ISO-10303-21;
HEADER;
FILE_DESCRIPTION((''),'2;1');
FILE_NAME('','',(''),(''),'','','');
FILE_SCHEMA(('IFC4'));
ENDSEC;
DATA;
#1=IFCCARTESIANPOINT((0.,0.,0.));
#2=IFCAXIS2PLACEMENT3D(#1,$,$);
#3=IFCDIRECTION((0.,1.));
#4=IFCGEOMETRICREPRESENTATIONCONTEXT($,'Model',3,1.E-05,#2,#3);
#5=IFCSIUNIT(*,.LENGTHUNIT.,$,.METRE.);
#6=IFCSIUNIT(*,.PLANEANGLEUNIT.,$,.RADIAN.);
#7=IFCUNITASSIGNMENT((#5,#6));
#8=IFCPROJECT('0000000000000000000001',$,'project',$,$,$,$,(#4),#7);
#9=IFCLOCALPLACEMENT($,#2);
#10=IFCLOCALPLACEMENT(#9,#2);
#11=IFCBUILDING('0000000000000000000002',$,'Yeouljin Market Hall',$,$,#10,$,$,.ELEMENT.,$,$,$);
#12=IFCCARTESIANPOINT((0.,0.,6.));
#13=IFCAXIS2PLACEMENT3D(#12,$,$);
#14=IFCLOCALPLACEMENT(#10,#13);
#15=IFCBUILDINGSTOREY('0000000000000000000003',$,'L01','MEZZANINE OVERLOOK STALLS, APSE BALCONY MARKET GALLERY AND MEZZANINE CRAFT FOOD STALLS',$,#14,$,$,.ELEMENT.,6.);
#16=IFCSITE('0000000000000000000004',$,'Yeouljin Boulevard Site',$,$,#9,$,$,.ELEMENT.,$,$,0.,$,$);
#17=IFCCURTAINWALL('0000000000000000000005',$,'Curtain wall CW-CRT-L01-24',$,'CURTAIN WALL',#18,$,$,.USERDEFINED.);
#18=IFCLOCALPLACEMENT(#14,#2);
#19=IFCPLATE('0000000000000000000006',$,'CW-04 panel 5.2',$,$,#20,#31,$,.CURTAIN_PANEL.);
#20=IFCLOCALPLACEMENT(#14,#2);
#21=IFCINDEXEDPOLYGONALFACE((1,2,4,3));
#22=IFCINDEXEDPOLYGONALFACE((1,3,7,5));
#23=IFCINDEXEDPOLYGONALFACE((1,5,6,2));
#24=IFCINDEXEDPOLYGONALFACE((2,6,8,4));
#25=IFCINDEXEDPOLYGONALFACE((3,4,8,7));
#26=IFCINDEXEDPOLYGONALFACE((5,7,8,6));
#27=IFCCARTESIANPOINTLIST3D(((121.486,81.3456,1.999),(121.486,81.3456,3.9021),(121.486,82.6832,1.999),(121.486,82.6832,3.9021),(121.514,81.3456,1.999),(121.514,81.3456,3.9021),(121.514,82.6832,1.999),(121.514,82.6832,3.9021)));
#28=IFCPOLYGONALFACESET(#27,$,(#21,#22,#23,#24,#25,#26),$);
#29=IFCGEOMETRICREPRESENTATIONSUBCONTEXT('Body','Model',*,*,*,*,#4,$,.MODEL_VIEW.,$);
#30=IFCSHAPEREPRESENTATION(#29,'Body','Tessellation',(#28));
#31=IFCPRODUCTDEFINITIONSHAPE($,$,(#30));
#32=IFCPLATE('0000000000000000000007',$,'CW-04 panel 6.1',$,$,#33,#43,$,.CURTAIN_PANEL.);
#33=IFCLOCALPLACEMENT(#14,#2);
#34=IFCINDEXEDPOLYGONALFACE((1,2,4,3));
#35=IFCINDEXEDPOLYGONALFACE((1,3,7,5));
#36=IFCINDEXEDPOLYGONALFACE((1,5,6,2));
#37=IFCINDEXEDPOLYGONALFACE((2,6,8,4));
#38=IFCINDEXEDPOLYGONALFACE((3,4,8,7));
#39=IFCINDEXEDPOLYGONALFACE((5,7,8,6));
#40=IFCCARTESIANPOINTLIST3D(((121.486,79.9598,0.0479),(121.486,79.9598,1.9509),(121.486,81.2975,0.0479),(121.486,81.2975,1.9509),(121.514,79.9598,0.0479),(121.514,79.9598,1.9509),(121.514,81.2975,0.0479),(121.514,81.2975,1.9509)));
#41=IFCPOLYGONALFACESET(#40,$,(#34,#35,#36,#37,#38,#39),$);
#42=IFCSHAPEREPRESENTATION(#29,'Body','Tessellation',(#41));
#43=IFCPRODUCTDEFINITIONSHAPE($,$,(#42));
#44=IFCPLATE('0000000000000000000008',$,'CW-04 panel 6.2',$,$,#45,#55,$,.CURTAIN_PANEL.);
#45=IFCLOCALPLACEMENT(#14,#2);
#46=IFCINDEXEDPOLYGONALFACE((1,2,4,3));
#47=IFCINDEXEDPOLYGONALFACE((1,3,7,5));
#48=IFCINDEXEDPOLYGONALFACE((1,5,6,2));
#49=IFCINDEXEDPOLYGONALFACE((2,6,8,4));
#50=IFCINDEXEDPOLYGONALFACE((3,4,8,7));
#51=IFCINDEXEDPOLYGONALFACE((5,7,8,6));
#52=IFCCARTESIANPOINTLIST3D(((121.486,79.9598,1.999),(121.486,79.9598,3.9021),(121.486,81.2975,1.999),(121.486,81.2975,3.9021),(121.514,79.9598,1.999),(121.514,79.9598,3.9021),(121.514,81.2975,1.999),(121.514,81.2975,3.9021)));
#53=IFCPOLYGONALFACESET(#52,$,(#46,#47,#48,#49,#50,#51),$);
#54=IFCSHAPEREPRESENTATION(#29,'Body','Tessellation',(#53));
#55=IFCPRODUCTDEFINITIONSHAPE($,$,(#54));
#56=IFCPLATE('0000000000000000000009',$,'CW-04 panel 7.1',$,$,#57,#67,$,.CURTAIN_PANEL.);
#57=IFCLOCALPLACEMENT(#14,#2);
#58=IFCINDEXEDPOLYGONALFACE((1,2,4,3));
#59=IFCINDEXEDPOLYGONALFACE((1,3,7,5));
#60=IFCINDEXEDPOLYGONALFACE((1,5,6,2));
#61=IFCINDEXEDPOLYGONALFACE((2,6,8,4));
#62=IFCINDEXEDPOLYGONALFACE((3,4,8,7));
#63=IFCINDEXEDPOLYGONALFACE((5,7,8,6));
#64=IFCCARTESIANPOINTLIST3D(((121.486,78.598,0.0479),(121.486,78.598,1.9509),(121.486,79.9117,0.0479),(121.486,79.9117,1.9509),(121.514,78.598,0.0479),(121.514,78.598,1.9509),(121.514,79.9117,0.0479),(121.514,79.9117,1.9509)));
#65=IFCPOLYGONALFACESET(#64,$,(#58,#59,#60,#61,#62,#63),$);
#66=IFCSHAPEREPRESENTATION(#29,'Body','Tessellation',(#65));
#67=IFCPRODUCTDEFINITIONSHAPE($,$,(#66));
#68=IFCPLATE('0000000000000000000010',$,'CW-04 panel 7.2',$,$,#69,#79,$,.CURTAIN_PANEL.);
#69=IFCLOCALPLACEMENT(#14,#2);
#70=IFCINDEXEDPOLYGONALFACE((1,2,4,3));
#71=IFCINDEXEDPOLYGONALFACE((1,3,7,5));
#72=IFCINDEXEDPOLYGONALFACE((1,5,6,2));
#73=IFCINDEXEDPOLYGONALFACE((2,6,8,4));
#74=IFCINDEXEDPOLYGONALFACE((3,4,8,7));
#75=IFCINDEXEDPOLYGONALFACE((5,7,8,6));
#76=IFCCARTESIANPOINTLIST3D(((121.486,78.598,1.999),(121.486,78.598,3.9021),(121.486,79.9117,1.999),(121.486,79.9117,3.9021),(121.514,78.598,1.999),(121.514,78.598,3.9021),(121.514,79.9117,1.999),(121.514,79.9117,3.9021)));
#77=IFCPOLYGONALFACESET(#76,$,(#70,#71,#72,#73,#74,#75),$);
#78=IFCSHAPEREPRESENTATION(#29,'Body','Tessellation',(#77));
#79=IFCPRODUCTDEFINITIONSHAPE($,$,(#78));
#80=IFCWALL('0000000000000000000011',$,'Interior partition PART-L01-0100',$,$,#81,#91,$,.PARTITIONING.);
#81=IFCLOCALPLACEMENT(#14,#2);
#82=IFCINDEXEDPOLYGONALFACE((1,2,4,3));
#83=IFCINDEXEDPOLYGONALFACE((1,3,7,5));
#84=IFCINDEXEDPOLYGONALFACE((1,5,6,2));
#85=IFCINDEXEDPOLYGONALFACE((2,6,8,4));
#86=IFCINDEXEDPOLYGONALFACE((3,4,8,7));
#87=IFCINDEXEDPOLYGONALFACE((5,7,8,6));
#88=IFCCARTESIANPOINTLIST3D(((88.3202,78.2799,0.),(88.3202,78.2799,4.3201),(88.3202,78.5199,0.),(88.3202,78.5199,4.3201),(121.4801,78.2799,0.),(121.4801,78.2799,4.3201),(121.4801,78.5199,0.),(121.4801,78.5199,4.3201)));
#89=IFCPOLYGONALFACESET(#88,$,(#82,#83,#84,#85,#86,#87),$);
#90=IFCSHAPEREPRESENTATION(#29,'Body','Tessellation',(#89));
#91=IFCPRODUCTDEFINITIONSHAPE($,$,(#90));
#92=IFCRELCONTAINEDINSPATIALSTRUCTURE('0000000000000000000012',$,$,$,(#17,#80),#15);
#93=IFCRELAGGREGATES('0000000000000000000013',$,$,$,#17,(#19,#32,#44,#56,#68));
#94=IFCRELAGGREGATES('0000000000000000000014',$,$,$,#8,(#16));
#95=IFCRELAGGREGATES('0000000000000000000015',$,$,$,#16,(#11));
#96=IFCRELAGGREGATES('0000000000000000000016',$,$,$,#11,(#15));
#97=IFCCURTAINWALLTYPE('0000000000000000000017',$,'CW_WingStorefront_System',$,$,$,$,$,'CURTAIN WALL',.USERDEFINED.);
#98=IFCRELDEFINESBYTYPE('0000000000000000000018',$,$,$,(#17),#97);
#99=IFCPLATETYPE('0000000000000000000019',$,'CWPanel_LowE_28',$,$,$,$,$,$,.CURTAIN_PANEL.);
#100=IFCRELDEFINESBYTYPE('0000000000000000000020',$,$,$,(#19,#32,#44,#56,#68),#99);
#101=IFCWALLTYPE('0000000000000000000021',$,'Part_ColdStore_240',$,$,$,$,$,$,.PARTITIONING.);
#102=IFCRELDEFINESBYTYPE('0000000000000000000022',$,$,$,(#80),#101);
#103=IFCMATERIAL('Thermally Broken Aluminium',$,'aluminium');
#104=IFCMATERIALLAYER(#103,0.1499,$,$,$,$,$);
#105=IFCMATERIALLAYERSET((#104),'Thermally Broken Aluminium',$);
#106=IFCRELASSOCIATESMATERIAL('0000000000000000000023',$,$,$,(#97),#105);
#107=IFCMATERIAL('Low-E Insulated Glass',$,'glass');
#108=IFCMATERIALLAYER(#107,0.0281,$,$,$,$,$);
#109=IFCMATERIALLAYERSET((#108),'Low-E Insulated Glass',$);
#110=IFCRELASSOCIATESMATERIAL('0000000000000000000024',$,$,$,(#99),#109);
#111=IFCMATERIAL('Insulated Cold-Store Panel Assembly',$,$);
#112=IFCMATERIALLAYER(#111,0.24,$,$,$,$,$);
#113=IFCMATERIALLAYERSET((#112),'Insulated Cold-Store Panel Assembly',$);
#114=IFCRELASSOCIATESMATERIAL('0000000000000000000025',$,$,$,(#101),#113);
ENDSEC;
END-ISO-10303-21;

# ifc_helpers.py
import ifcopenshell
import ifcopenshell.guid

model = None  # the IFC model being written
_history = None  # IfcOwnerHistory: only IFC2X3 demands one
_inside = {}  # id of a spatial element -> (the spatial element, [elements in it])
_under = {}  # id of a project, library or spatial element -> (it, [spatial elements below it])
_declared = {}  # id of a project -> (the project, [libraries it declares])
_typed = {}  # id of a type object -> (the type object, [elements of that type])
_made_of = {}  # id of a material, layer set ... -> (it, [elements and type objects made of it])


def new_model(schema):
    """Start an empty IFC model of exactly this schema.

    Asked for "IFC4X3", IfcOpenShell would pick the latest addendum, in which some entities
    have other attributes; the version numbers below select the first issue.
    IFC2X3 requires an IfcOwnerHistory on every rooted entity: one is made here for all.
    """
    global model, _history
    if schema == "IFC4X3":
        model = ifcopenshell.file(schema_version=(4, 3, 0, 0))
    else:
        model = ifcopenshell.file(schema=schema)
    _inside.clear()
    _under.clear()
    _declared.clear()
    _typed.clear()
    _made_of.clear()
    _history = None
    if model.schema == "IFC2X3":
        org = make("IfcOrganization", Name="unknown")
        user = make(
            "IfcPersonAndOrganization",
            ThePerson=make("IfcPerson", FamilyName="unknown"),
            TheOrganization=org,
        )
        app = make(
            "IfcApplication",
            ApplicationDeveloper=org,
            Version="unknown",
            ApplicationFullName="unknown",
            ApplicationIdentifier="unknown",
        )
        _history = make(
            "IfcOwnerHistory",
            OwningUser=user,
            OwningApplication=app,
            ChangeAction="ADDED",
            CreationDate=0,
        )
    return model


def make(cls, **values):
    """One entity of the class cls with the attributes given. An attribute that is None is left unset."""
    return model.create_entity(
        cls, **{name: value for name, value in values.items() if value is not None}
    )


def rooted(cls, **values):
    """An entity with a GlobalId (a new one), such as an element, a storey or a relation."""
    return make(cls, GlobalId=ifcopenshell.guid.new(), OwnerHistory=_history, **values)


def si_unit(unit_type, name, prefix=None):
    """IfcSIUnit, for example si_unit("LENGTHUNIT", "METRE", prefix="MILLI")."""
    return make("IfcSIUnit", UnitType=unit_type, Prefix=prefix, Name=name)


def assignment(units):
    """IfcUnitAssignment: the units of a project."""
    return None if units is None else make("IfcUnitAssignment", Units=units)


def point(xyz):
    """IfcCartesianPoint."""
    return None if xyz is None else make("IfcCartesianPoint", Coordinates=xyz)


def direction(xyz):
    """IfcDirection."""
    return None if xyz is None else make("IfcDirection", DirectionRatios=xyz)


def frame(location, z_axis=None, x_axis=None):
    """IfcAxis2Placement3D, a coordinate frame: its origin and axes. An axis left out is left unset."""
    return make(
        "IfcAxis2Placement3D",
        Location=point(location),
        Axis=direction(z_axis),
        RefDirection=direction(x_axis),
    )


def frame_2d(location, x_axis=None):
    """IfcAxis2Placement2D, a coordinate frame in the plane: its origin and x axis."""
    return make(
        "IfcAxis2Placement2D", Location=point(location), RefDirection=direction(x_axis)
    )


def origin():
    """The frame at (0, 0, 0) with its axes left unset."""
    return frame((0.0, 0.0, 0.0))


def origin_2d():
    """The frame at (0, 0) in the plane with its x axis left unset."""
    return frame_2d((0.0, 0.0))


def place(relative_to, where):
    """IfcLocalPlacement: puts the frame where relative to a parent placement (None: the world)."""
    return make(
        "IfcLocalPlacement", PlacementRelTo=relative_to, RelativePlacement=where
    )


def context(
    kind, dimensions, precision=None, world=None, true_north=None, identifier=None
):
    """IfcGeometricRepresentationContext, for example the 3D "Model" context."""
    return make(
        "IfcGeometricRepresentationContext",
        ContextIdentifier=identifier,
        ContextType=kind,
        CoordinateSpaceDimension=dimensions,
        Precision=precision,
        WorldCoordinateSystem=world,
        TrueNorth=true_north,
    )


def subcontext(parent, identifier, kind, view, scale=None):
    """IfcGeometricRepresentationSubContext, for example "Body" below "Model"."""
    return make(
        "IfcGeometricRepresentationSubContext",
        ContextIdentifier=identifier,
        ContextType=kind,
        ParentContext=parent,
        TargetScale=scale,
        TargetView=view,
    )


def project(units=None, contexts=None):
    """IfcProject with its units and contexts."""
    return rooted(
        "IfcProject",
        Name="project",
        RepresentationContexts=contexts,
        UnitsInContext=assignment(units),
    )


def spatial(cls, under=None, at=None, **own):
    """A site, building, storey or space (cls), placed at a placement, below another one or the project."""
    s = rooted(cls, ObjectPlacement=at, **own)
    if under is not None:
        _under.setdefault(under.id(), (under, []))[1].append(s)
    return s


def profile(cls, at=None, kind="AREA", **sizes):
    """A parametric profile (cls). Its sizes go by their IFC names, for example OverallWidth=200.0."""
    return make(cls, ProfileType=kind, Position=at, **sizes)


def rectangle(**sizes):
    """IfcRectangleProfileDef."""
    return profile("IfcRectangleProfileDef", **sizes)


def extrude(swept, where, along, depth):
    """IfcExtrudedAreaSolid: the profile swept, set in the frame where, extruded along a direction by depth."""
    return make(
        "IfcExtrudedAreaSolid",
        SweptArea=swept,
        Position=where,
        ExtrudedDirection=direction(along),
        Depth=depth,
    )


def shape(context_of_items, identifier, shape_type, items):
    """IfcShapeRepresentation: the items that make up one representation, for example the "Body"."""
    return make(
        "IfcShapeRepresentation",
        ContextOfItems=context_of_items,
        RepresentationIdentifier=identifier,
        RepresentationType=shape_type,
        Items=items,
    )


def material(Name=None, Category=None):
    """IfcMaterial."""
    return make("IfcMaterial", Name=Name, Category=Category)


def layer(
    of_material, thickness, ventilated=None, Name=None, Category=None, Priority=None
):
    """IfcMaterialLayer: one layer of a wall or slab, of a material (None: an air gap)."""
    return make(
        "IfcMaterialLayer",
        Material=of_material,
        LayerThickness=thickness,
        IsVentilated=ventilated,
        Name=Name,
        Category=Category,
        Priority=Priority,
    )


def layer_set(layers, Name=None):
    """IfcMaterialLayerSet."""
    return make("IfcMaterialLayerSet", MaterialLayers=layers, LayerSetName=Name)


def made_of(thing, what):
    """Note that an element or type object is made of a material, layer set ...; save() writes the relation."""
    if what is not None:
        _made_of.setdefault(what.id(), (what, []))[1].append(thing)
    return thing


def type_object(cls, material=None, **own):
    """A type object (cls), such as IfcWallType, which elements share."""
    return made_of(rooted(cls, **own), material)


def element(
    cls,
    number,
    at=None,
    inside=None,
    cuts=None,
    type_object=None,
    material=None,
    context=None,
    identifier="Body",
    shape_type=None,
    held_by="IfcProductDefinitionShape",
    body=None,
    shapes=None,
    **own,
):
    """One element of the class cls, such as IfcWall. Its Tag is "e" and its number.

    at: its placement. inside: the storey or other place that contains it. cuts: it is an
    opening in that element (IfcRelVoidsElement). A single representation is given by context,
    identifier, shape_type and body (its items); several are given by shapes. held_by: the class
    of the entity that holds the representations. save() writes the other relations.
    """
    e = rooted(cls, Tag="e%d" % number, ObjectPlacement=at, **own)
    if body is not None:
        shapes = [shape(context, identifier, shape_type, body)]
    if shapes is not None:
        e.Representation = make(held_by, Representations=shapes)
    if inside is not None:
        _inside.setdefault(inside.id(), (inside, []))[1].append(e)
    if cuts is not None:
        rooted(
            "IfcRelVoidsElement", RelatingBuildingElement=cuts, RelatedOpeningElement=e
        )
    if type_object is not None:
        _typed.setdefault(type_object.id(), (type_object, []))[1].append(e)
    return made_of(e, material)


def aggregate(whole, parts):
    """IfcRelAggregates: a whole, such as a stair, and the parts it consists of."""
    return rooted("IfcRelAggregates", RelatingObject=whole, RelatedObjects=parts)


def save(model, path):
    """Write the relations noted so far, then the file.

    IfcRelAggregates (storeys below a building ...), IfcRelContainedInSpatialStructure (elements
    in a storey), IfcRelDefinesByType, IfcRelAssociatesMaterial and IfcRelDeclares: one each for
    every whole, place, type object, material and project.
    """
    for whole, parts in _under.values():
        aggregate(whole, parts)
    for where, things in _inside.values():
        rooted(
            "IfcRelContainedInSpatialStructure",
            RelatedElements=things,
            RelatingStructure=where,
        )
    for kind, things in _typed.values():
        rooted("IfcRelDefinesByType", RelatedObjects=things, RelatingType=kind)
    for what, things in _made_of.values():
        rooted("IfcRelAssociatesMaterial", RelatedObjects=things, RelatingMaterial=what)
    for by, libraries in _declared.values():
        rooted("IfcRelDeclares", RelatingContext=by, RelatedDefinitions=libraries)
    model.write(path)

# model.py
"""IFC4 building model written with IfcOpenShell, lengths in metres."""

from ifc_helpers import new_model, si_unit, direction, frame, frame_2d, origin, origin_2d, place, context, subcontext, project, spatial, rectangle, extrude, material, layer, layer_set, type_object, element, aggregate, save


model = new_model("IFC4")

# Units and contexts
model_context = context("Model", 3, precision=1e-05, world=origin(), true_north=direction((0.0, 1.0)))
body_context = subcontext(model_context, "Body", "Model", "MODEL_VIEW")
ifc_project = project(units=[si_unit("LENGTHUNIT", "METRE"), si_unit("PLANEANGLEUNIT", "RADIAN")], contexts=[model_context])

# Site, building, storey
site_placement = place(None, origin())
site = spatial("IfcSite", under=ifc_project, at=site_placement, Name="Yeouljin Boulevard Site", CompositionType="ELEMENT", RefElevation=0.0)
building_placement = place(site_placement, origin())
building = spatial("IfcBuilding", under=site, at=building_placement, Name="Yeouljin Market Hall", CompositionType="ELEMENT")
storey_placement = place(building_placement, frame((0.0, 0.0, 6.0)))
storey = spatial("IfcBuildingStorey", under=building, at=storey_placement, Name="L01", Description="MEZZANINE OVERLOOK STALLS, APSE BALCONY MARKET GALLERY AND MEZZANINE CRAFT FOOD STALLS", CompositionType="ELEMENT", Elevation=6.0)

# Curtain wall
ifc_material_1 = material(Name="Thermally Broken Aluminium", Category="aluminium")
ifc_layer_1 = layer(ifc_material_1, 0.1499)
ifc_layer_set_1 = layer_set([ifc_layer_1], Name="Thermally Broken Aluminium")
curtain_wall_type = type_object("IfcCurtainWallType", Name="CW_WingStorefront_System", ElementType="CURTAIN WALL", PredefinedType="USERDEFINED", material=ifc_layer_set_1)
curtain_wall_placement = place(storey_placement, origin())
curtain_wall = element("IfcCurtainWall", 1, at=curtain_wall_placement, inside=storey, type_object=curtain_wall_type, Name="Curtain wall CW-CRT-L01-24", ObjectType="CURTAIN WALL", PredefinedType="USERDEFINED")

# Plates
ifc_material_2 = material(Name="Low-E Insulated Glass", Category="glass")
ifc_layer_2 = layer(ifc_material_2, 0.0281)
ifc_layer_set_2 = layer_set([ifc_layer_2], Name="Low-E Insulated Glass")
plate_type = type_object("IfcPlateType", Name="CWPanel_LowE_28", PredefinedType="CURTAIN_PANEL", material=ifc_layer_set_2)
plate_1_placement = place(storey_placement, frame((121.5, 82.0144, 1.999), z_axis=(0.0, 0.0, 1.0), x_axis=(0.0, -1.0, 0.0)))
plate_1 = element("IfcPlate", 2, at=plate_1_placement, type_object=plate_type, Name="CW-04 panel 5.2", PredefinedType="CURTAIN_PANEL", context=body_context, shape_type="SweptSolid", body=[
    extrude(rectangle(XDim=1.3376, YDim=0.0281, at=origin_2d()), origin(), (0.0, 0.0, 1.0), 1.9031),
])
plate_2_placement = place(storey_placement, frame((121.5, 80.6287, 0.0479), z_axis=(0.0, 0.0, 1.0), x_axis=(0.0, -1.0, 0.0)))
plate_2 = element("IfcPlate", 3, at=plate_2_placement, type_object=plate_type, Name="CW-04 panel 6.1", PredefinedType="CURTAIN_PANEL", context=body_context, shape_type="SweptSolid", body=[
    extrude(rectangle(XDim=1.3376, YDim=0.0281, at=origin_2d()), origin(), (0.0, 0.0, 1.0), 1.9031),
])
plate_3_placement = place(storey_placement, frame((121.5, 80.6287, 1.999), z_axis=(0.0, 0.0, 1.0), x_axis=(0.0, -1.0, 0.0)))
plate_3 = element("IfcPlate", 4, at=plate_3_placement, type_object=plate_type, Name="CW-04 panel 6.2", PredefinedType="CURTAIN_PANEL", context=body_context, shape_type="SweptSolid", body=[
    extrude(rectangle(XDim=1.3376, YDim=0.0281, at=origin_2d()), origin(), (0.0, 0.0, 1.0), 1.9031),
])
plate_4_placement = place(storey_placement, frame((121.5, 79.2549, 0.0479), z_axis=(0.0, 0.0, 1.0), x_axis=(0.0, -1.0, 0.0)))
plate_4 = element("IfcPlate", 5, at=plate_4_placement, type_object=plate_type, Name="CW-04 panel 7.1", PredefinedType="CURTAIN_PANEL", context=body_context, shape_type="SweptSolid", body=[
    extrude(rectangle(XDim=1.3137, YDim=0.0281, at=origin_2d()), origin(), (0.0, 0.0, 1.0), 1.9031),
])
plate_5_placement = place(storey_placement, frame((121.5, 79.2549, 1.999), z_axis=(0.0, 0.0, 1.0), x_axis=(0.0, -1.0, 0.0)))
plate_5 = element("IfcPlate", 6, at=plate_5_placement, type_object=plate_type, Name="CW-04 panel 7.2", PredefinedType="CURTAIN_PANEL", context=body_context, shape_type="SweptSolid", body=[
    extrude(rectangle(XDim=1.3137, YDim=0.0281, at=origin_2d()), origin(), (0.0, 0.0, 1.0), 1.9031),
])
aggregate(curtain_wall, [plate_1, plate_2, plate_3, plate_4, plate_5])

# Wall
ifc_material_3 = material(Name="Insulated Cold-Store Panel Assembly")
ifc_layer_3 = layer(ifc_material_3, 0.24)
ifc_layer_set_3 = layer_set([ifc_layer_3], Name="Insulated Cold-Store Panel Assembly")
wall_type = type_object("IfcWallType", Name="Part_ColdStore_240", PredefinedType="PARTITIONING", material=ifc_layer_set_3)
wall_placement = place(storey_placement, frame((88.3201, 78.3999, 0.0), z_axis=(0.0, 0.0, 1.0), x_axis=(1.0, 0.0, 0.0)))
element("IfcWall", 7, at=wall_placement, inside=storey, type_object=wall_type, Name="Interior partition PART-L01-0100", PredefinedType="PARTITIONING", context=body_context, shape_type="SweptSolid", body=[
    extrude(rectangle(XDim=33.1599, YDim=0.24, at=frame_2d((16.5801, 0.0))), origin(), (0.0, 0.0, 1.0), 4.3201),
])

save(model, "model.ifc")
